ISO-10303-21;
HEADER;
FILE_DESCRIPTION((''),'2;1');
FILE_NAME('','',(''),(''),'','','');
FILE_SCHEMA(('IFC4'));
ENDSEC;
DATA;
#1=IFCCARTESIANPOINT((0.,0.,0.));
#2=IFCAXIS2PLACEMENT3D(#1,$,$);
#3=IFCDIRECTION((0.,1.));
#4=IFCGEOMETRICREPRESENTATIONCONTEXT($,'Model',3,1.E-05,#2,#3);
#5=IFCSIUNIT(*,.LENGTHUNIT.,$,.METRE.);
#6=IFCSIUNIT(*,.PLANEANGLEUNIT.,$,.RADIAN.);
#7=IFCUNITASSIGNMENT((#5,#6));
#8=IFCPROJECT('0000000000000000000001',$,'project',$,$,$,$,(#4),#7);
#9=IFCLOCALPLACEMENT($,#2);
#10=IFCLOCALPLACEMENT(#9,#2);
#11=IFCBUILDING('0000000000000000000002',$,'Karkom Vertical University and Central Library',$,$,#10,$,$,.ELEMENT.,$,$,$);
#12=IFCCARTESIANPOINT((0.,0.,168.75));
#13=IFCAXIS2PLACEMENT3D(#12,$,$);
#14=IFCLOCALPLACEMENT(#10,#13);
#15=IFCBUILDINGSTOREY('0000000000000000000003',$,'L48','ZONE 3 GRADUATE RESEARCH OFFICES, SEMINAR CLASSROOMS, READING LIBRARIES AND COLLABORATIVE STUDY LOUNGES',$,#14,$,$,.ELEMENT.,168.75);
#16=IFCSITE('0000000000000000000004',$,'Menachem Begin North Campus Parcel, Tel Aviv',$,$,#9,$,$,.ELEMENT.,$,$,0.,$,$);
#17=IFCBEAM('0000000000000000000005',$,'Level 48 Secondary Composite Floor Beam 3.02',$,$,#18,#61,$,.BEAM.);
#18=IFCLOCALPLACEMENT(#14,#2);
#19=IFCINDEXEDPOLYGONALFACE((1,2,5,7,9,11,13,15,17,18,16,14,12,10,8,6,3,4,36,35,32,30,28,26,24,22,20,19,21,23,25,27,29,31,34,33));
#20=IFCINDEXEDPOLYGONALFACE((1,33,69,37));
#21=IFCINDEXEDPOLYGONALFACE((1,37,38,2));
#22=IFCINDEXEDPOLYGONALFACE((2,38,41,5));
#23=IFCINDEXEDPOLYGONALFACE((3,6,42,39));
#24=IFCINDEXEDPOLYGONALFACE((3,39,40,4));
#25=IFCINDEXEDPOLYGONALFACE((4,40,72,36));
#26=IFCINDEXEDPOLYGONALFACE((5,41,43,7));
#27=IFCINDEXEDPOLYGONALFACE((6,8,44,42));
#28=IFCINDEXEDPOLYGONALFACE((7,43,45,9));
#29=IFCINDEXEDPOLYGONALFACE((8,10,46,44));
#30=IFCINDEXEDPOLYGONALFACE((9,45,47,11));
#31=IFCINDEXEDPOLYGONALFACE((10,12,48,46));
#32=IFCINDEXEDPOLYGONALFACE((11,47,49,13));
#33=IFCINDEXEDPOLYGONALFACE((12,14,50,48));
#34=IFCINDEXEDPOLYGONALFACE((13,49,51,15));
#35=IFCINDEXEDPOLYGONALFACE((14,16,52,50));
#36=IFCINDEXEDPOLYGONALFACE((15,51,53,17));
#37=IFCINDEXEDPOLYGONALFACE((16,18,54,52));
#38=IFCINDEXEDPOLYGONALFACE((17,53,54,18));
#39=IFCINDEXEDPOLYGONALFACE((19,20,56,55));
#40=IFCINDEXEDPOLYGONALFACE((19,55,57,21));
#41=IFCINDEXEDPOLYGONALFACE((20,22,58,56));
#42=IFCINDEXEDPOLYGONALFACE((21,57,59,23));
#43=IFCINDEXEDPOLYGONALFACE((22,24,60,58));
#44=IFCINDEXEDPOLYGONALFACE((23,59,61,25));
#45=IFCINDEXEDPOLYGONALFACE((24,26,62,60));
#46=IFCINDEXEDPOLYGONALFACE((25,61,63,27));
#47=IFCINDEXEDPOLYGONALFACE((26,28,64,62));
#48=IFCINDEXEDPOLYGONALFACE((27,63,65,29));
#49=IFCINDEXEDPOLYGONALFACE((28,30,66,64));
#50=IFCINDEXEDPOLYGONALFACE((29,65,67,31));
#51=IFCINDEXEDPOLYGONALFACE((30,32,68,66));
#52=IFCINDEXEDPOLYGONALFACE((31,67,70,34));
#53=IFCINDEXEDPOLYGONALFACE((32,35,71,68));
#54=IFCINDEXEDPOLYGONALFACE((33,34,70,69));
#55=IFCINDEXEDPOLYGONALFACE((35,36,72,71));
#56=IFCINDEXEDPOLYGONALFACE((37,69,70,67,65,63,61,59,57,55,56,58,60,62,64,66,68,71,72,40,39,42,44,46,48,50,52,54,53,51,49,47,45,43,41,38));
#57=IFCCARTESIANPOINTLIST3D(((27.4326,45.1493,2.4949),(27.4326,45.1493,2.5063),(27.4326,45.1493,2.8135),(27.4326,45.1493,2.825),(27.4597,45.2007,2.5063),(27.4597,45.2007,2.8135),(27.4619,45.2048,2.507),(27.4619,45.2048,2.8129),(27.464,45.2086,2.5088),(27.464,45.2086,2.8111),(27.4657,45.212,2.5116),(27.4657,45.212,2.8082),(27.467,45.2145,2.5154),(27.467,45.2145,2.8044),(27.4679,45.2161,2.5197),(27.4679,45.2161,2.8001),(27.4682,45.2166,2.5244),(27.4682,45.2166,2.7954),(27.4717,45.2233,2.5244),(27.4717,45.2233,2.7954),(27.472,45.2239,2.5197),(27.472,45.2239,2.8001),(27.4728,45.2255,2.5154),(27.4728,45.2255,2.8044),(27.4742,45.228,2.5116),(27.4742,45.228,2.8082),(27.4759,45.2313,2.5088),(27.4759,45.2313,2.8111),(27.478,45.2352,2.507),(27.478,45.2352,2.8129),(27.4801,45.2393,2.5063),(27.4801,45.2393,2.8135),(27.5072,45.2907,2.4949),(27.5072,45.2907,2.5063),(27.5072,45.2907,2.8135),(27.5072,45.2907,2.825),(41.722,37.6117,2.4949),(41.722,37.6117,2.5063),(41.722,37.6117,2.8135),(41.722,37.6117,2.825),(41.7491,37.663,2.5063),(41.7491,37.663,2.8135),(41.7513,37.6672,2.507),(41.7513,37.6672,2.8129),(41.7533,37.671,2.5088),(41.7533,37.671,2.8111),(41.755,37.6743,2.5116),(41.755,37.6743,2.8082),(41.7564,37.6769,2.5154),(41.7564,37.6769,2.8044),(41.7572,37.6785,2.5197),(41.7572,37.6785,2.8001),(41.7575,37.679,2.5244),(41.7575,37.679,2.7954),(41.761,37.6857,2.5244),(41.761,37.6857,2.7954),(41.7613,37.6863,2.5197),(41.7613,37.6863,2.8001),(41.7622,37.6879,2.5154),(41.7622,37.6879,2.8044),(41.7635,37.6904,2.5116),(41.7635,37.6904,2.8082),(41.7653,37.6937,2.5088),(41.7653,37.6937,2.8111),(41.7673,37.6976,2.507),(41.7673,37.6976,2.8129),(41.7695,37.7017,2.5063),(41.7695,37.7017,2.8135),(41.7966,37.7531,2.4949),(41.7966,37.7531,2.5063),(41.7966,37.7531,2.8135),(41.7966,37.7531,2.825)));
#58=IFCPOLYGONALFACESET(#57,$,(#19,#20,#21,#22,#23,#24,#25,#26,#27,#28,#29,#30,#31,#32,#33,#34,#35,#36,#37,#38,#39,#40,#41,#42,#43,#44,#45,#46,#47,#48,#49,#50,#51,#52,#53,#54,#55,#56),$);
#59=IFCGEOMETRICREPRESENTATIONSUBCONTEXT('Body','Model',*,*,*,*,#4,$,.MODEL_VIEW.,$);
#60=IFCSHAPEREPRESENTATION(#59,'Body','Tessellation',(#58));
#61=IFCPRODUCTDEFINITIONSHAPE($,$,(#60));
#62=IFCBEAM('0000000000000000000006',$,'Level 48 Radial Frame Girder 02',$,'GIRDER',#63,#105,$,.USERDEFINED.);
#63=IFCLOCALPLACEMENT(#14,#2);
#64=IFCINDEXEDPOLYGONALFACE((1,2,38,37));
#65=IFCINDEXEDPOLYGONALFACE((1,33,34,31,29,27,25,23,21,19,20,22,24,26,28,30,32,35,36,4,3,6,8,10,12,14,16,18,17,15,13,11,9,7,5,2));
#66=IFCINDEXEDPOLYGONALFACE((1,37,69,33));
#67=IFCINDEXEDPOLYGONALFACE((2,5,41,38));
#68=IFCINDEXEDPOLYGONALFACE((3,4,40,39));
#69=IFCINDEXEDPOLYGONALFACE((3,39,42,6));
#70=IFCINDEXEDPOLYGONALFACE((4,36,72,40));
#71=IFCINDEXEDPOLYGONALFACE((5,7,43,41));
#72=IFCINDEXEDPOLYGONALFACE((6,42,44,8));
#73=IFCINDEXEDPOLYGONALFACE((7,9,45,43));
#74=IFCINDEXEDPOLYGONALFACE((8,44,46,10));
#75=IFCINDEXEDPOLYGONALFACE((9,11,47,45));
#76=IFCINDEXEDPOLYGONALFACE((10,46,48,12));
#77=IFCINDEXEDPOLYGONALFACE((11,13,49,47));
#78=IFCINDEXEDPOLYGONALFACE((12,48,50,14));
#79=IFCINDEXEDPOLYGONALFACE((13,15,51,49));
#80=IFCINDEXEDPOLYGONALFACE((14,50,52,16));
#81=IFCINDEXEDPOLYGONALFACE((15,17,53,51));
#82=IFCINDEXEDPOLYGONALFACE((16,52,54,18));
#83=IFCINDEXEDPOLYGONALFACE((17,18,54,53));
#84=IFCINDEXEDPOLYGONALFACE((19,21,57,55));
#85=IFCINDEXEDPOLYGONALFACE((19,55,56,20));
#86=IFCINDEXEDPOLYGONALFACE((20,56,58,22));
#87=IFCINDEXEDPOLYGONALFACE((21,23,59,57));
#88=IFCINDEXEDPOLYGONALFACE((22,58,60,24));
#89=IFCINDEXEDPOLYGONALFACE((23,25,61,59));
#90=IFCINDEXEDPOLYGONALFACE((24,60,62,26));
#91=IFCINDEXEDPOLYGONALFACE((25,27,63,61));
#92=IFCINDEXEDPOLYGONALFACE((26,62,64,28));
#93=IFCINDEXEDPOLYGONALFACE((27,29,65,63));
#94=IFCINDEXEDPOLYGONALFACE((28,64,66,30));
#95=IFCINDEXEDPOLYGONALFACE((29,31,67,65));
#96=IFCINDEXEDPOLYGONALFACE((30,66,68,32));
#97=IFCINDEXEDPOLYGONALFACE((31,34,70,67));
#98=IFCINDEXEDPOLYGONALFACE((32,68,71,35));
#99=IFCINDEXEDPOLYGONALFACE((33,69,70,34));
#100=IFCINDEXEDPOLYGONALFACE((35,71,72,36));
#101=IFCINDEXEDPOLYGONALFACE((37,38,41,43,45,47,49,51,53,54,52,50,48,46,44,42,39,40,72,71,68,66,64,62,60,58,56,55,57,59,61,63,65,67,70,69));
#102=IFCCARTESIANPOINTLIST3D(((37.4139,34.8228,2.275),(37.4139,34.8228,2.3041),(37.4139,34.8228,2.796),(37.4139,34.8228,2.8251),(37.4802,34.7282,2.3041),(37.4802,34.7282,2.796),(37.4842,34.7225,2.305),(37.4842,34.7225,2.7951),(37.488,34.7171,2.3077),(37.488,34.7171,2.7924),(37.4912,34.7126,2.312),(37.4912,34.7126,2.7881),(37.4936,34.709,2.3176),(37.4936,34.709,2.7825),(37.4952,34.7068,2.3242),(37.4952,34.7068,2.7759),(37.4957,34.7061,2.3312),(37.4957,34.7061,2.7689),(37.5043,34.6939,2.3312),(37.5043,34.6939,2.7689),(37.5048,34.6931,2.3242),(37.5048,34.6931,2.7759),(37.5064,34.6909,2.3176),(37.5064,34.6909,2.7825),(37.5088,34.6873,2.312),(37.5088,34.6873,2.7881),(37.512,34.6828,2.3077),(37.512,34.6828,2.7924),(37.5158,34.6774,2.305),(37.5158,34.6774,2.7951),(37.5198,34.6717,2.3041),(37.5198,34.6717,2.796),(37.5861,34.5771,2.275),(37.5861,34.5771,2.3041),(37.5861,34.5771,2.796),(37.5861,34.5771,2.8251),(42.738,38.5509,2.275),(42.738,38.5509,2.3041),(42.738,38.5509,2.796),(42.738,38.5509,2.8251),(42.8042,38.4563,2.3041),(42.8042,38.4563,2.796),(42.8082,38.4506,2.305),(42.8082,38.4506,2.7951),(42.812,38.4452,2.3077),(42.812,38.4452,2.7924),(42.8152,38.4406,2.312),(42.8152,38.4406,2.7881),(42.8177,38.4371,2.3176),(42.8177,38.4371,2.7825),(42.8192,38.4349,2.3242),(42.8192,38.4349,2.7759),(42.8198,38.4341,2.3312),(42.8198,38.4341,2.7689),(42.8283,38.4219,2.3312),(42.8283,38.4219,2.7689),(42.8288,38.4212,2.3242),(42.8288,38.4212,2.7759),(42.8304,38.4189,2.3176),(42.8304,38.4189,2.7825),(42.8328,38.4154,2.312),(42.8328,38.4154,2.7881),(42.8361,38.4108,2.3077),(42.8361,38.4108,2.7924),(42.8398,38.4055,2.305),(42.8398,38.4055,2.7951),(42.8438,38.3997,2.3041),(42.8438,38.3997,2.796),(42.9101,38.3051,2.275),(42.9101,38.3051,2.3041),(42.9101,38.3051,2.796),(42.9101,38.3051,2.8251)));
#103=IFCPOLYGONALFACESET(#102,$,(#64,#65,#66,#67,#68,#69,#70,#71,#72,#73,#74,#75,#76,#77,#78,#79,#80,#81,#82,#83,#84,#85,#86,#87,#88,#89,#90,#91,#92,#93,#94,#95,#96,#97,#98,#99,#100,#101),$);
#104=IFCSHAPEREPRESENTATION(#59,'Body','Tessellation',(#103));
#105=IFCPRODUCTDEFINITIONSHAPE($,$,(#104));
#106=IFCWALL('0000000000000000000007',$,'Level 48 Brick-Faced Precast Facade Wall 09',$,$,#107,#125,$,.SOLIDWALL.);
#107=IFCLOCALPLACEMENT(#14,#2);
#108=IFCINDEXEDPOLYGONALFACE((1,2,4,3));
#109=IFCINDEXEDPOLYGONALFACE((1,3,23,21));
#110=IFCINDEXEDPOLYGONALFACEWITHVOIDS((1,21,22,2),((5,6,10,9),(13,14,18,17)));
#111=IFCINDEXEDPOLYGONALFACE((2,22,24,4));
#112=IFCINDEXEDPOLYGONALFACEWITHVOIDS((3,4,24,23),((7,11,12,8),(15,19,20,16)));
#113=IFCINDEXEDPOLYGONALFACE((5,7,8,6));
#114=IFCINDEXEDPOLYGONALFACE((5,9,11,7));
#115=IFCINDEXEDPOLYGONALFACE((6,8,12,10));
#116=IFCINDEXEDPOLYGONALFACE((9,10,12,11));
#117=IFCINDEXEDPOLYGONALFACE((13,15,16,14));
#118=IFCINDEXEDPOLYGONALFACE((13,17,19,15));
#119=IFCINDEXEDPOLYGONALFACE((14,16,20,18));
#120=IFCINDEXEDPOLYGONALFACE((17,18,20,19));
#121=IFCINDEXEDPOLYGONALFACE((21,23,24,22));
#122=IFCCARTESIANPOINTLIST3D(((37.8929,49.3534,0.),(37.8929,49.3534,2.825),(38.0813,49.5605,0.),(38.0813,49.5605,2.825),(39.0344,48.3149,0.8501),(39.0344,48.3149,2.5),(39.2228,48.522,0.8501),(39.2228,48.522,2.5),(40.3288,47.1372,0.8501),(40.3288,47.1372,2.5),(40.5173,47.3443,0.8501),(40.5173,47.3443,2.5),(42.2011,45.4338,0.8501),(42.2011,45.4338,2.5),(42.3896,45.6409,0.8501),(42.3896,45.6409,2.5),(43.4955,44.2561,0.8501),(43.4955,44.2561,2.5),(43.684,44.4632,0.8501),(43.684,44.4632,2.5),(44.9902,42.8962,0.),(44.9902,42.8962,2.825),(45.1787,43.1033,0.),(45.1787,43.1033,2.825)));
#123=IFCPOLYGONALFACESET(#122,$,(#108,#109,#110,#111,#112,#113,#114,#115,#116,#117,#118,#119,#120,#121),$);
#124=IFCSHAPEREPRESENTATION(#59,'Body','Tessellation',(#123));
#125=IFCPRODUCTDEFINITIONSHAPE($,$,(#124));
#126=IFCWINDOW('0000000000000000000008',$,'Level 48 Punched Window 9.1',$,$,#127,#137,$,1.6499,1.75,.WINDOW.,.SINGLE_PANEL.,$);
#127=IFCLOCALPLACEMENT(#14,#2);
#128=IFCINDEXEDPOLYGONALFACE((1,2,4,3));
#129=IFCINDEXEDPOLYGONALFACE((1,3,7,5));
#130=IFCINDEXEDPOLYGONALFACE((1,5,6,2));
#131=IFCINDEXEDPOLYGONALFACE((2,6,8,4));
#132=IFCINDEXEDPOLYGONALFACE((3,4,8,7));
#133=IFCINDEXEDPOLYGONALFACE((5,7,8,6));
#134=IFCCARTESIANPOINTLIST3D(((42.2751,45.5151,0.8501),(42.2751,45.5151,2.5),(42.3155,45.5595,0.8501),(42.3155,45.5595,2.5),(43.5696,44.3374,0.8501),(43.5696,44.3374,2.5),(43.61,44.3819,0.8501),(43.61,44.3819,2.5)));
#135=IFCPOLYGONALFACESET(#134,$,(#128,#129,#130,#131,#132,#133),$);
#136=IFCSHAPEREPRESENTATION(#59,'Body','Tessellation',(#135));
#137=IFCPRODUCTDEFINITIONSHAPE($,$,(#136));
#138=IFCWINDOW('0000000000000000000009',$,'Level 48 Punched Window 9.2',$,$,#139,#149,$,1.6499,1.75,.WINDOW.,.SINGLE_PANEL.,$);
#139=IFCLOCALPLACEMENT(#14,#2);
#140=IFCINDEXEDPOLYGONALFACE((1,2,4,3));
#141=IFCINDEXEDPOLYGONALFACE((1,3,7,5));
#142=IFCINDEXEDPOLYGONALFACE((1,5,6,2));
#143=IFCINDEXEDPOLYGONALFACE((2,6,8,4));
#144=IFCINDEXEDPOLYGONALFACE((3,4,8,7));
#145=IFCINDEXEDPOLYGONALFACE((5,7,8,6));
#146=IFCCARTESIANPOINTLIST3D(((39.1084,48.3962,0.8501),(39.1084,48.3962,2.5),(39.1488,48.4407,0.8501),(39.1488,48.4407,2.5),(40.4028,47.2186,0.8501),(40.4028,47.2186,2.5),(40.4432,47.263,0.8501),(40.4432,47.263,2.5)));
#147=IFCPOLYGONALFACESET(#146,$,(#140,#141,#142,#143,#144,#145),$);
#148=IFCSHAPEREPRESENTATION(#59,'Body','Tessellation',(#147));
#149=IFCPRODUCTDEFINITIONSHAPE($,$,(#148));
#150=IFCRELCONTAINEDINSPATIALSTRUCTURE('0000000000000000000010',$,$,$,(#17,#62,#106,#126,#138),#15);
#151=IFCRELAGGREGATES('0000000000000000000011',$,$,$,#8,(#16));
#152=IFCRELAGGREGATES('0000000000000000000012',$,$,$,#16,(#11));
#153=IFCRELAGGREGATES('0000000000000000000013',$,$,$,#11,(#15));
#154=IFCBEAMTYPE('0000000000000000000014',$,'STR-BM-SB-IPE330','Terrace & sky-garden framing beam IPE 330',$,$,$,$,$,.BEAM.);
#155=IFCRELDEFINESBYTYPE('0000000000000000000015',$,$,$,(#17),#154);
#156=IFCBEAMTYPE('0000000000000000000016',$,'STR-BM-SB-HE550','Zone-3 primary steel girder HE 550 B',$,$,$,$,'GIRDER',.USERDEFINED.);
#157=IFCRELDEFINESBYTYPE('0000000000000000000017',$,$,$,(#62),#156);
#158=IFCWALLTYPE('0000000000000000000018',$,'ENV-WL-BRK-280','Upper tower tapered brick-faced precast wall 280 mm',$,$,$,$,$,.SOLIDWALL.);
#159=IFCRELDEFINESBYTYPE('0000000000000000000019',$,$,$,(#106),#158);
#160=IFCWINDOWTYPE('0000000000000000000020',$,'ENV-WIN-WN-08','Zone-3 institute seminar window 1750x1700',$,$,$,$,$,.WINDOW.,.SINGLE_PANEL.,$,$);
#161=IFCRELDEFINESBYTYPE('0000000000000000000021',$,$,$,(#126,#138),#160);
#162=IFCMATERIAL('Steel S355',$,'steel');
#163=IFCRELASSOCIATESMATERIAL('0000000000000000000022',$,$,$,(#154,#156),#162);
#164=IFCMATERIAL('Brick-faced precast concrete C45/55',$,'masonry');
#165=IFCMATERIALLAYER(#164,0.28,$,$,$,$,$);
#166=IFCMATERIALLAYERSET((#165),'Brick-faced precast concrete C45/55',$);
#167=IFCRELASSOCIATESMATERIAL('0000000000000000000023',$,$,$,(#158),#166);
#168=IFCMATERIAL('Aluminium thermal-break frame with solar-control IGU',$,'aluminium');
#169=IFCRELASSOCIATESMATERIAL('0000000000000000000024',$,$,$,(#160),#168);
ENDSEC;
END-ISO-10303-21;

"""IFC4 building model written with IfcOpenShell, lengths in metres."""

from ifc_helpers import new_model, si_unit, direction, frame, frame_2d, origin, origin_with_axes, origin_2d, place, context, subcontext, project, spatial, rectangle, i_section, extrude, source, transform, mapped, material, layer, layer_set, material_profile, profile_set, type_object, element, fill, save


model = new_model("IFC4")

# Units and contexts
model_context = context("Model", 3, precision=1e-05, world=origin(), true_north=direction((0.0, 1.0)))
body_context = subcontext(model_context, "Body", "Model", "MODEL_VIEW")
ifc_project = project(units=[si_unit("LENGTHUNIT", "METRE"), si_unit("PLANEANGLEUNIT", "RADIAN")], contexts=[model_context])

# Site, building, storey
site_placement = place(None, origin())
site = spatial("IfcSite", under=ifc_project, at=site_placement, Name="Menachem Begin North Campus Parcel, Tel Aviv", CompositionType="ELEMENT", RefElevation=0.0)
building_placement = place(site_placement, origin())
building = spatial("IfcBuilding", under=site, at=building_placement, Name="Karkom Vertical University and Central Library", CompositionType="ELEMENT")
storey_placement = place(building_placement, frame((0.0, 0.0, 168.75)))
storey = spatial("IfcBuildingStorey", under=building, at=storey_placement, Name="L48", Description="ZONE 3 GRADUATE RESEARCH OFFICES, SEMINAR CLASSROOMS, READING LIBRARIES AND COLLABORATIVE STUDY LOUNGES", CompositionType="ELEMENT", Elevation=168.75)

# Beams
ifc_material_1 = material(Name="Steel S355", Category="steel")
ifc_material_profile_1 = material_profile(ifc_material_1, i_section(OverallWidth=0.1599, OverallDepth=0.3301, WebThickness=0.0076, FlangeThickness=0.0115, FilletRadius=0.0181, at=origin_2d()), Name="IPE 330")
ifc_profile_set_1 = profile_set([ifc_material_profile_1], Name="Steel S355")
beam_type_1 = type_object("IfcBeamType", Name="STR-BM-SB-IPE330", Description="Terrace & sky-garden framing beam IPE 330", PredefinedType="BEAM", material=ifc_profile_set_1)
shared_shape_1 = source(origin_with_axes(), body_context, "Body", "SweptSolid", [
    extrude(i_section(OverallWidth=0.1599, OverallDepth=0.3301, WebThickness=0.0076, FlangeThickness=0.0115, FilletRadius=0.0181, at=origin_2d()), origin(), (0.0, 0.0, 1.0), 16.1555),
])
beam_1_placement = place(storey_placement, frame((41.7593, 37.6824, 2.6599), z_axis=(-0.884486, 0.466566, 0.0), x_axis=(-0.466566, -0.884486, 0.0)))
element("IfcBeam", 1, at=beam_1_placement, inside=storey, type_object=beam_type_1, Name="Level 48 Secondary Composite Floor Beam 3.02", PredefinedType="BEAM", context=body_context, shape_type="MappedRepresentation", body=[
    mapped(shared_shape_1, transform((0.0, 0.0, 0.0), scale=1.0)),
])
ifc_material_profile_2 = material_profile(ifc_material_1, i_section(OverallWidth=0.3, OverallDepth=0.55, WebThickness=0.0149, FlangeThickness=0.0291, FilletRadius=0.0271, at=origin_2d()), Name="HE 550 B")
ifc_profile_set_2 = profile_set([ifc_material_profile_2], Name="Steel S355")
beam_type_2 = type_object("IfcBeamType", Name="STR-BM-SB-HE550", Description="Zone-3 primary steel girder HE 550 B", ElementType="GIRDER", PredefinedType="USERDEFINED", material=ifc_profile_set_2)
shared_shape_2 = source(origin_with_axes(), body_context, "Body", "SweptSolid", [
    extrude(i_section(OverallWidth=0.3, OverallDepth=0.55, WebThickness=0.0149, FlangeThickness=0.0291, FilletRadius=0.0271, at=origin_2d()), origin(), (0.0, 0.0, 1.0), 6.4995),
])
beam_2_placement = place(storey_placement, frame((37.5, 34.7, 2.55), z_axis=(0.819142, 0.573591, 0.0), x_axis=(-0.573591, 0.819142, 0.0)))
element("IfcBeam", 2, at=beam_2_placement, inside=storey, type_object=beam_type_2, Name="Level 48 Radial Frame Girder 02", ObjectType="GIRDER", PredefinedType="USERDEFINED", context=body_context, shape_type="MappedRepresentation", body=[
    mapped(shared_shape_2, transform((0.0, 0.0, 0.0), scale=1.0)),
])

# Wall, openings, windows
ifc_material_2 = material(Name="Brick-faced precast concrete C45/55", Category="masonry")
ifc_layer_1 = layer(ifc_material_2, 0.28)
ifc_layer_set_1 = layer_set([ifc_layer_1], Name="Brick-faced precast concrete C45/55")
wall_type_1 = type_object("IfcWallType", Name="ENV-WL-BRK-280", Description="Upper tower tapered brick-faced precast wall 280 mm", PredefinedType="SOLIDWALL", material=ifc_layer_set_1)
wall_1_placement = place(storey_placement, frame((45.0845, 42.9998, 0.0), z_axis=(0.0, 0.0, 1.0), x_axis=(-0.739676, 0.672963, 0.0)))
wall_1 = element("IfcWall", 3, at=wall_1_placement, inside=storey, type_object=wall_type_1, Name="Level 48 Brick-Faced Precast Facade Wall 09", PredefinedType="SOLIDWALL", context=body_context, shape_type="SweptSolid", body=[
    extrude(rectangle(XDim=9.5952, YDim=0.28, at=frame_2d((4.7976, 0.0))), origin(), (0.0, 0.0, 1.0), 2.825),
])
opening_1_placement = place(wall_1_placement, frame((2.0208, 0.0, 0.8501)))
opening_1 = element("IfcOpeningElement", 4, at=opening_1_placement, cuts=wall_1, PredefinedType="OPENING", context=body_context, shape_type="SweptSolid", body=[
    extrude(rectangle(XDim=1.75, YDim=1.6499, at=frame_2d((0.875, 0.825))), frame((0.0, 0.1499, 0.0), z_axis=(0.0, -1.0, 0.0), x_axis=(1.0, 0.0, 0.0)), (0.0, 0.0, 1.0), 0.3),
])
opening_2_placement = place(wall_1_placement, frame((6.302, 0.0, 0.8501)))
opening_2 = element("IfcOpeningElement", 5, at=opening_2_placement, cuts=wall_1, PredefinedType="OPENING", context=body_context, shape_type="SweptSolid", body=[
    extrude(rectangle(XDim=1.75, YDim=1.6499, at=frame_2d((0.875, 0.825))), frame((0.0, 0.1499, 0.0), z_axis=(0.0, -1.0, 0.0), x_axis=(1.0, 0.0, 0.0)), (0.0, 0.0, 1.0), 0.3),
])
ifc_material_3 = material(Name="Aluminium thermal-break frame with solar-control IGU", Category="aluminium")
window_type = type_object("IfcWindowType", Name="ENV-WIN-WN-08", Description="Zone-3 institute seminar window 1750x1700", PartitioningType="SINGLE_PANEL", PredefinedType="WINDOW", material=ifc_material_3)
shared_shape_3 = source(origin_with_axes(), body_context, "Body", "SweptSolid", [
    extrude(rectangle(XDim=1.75, YDim=1.6499, at=frame_2d((0.875, 0.825))), frame((0.0, 0.03, 0.0), z_axis=(0.0, -1.0, 0.0), x_axis=(1.0, 0.0, 0.0)), (0.0, 0.0, 1.0), 0.0601),
])
window_1_placement = place(opening_1_placement, origin())
window_1 = element("IfcWindow", 6, at=window_1_placement, inside=storey, type_object=window_type, Name="Level 48 Punched Window 9.1", OverallHeight=1.6499, OverallWidth=1.75, PartitioningType="SINGLE_PANEL", PredefinedType="WINDOW", context=body_context, shape_type="MappedRepresentation", body=[
    mapped(shared_shape_3, transform((0.0, 0.0, 0.0), scale=1.0)),
])
fill(opening_1, window_1)
window_2_placement = place(opening_2_placement, origin())
window_2 = element("IfcWindow", 7, at=window_2_placement, inside=storey, type_object=window_type, Name="Level 48 Punched Window 9.2", OverallHeight=1.6499, OverallWidth=1.75, PartitioningType="SINGLE_PANEL", PredefinedType="WINDOW", context=body_context, shape_type="MappedRepresentation", body=[
    mapped(shared_shape_3, transform((0.0, 0.0, 0.0), scale=1.0)),
])
fill(opening_2, window_2)

save(model, "model.ifc")
